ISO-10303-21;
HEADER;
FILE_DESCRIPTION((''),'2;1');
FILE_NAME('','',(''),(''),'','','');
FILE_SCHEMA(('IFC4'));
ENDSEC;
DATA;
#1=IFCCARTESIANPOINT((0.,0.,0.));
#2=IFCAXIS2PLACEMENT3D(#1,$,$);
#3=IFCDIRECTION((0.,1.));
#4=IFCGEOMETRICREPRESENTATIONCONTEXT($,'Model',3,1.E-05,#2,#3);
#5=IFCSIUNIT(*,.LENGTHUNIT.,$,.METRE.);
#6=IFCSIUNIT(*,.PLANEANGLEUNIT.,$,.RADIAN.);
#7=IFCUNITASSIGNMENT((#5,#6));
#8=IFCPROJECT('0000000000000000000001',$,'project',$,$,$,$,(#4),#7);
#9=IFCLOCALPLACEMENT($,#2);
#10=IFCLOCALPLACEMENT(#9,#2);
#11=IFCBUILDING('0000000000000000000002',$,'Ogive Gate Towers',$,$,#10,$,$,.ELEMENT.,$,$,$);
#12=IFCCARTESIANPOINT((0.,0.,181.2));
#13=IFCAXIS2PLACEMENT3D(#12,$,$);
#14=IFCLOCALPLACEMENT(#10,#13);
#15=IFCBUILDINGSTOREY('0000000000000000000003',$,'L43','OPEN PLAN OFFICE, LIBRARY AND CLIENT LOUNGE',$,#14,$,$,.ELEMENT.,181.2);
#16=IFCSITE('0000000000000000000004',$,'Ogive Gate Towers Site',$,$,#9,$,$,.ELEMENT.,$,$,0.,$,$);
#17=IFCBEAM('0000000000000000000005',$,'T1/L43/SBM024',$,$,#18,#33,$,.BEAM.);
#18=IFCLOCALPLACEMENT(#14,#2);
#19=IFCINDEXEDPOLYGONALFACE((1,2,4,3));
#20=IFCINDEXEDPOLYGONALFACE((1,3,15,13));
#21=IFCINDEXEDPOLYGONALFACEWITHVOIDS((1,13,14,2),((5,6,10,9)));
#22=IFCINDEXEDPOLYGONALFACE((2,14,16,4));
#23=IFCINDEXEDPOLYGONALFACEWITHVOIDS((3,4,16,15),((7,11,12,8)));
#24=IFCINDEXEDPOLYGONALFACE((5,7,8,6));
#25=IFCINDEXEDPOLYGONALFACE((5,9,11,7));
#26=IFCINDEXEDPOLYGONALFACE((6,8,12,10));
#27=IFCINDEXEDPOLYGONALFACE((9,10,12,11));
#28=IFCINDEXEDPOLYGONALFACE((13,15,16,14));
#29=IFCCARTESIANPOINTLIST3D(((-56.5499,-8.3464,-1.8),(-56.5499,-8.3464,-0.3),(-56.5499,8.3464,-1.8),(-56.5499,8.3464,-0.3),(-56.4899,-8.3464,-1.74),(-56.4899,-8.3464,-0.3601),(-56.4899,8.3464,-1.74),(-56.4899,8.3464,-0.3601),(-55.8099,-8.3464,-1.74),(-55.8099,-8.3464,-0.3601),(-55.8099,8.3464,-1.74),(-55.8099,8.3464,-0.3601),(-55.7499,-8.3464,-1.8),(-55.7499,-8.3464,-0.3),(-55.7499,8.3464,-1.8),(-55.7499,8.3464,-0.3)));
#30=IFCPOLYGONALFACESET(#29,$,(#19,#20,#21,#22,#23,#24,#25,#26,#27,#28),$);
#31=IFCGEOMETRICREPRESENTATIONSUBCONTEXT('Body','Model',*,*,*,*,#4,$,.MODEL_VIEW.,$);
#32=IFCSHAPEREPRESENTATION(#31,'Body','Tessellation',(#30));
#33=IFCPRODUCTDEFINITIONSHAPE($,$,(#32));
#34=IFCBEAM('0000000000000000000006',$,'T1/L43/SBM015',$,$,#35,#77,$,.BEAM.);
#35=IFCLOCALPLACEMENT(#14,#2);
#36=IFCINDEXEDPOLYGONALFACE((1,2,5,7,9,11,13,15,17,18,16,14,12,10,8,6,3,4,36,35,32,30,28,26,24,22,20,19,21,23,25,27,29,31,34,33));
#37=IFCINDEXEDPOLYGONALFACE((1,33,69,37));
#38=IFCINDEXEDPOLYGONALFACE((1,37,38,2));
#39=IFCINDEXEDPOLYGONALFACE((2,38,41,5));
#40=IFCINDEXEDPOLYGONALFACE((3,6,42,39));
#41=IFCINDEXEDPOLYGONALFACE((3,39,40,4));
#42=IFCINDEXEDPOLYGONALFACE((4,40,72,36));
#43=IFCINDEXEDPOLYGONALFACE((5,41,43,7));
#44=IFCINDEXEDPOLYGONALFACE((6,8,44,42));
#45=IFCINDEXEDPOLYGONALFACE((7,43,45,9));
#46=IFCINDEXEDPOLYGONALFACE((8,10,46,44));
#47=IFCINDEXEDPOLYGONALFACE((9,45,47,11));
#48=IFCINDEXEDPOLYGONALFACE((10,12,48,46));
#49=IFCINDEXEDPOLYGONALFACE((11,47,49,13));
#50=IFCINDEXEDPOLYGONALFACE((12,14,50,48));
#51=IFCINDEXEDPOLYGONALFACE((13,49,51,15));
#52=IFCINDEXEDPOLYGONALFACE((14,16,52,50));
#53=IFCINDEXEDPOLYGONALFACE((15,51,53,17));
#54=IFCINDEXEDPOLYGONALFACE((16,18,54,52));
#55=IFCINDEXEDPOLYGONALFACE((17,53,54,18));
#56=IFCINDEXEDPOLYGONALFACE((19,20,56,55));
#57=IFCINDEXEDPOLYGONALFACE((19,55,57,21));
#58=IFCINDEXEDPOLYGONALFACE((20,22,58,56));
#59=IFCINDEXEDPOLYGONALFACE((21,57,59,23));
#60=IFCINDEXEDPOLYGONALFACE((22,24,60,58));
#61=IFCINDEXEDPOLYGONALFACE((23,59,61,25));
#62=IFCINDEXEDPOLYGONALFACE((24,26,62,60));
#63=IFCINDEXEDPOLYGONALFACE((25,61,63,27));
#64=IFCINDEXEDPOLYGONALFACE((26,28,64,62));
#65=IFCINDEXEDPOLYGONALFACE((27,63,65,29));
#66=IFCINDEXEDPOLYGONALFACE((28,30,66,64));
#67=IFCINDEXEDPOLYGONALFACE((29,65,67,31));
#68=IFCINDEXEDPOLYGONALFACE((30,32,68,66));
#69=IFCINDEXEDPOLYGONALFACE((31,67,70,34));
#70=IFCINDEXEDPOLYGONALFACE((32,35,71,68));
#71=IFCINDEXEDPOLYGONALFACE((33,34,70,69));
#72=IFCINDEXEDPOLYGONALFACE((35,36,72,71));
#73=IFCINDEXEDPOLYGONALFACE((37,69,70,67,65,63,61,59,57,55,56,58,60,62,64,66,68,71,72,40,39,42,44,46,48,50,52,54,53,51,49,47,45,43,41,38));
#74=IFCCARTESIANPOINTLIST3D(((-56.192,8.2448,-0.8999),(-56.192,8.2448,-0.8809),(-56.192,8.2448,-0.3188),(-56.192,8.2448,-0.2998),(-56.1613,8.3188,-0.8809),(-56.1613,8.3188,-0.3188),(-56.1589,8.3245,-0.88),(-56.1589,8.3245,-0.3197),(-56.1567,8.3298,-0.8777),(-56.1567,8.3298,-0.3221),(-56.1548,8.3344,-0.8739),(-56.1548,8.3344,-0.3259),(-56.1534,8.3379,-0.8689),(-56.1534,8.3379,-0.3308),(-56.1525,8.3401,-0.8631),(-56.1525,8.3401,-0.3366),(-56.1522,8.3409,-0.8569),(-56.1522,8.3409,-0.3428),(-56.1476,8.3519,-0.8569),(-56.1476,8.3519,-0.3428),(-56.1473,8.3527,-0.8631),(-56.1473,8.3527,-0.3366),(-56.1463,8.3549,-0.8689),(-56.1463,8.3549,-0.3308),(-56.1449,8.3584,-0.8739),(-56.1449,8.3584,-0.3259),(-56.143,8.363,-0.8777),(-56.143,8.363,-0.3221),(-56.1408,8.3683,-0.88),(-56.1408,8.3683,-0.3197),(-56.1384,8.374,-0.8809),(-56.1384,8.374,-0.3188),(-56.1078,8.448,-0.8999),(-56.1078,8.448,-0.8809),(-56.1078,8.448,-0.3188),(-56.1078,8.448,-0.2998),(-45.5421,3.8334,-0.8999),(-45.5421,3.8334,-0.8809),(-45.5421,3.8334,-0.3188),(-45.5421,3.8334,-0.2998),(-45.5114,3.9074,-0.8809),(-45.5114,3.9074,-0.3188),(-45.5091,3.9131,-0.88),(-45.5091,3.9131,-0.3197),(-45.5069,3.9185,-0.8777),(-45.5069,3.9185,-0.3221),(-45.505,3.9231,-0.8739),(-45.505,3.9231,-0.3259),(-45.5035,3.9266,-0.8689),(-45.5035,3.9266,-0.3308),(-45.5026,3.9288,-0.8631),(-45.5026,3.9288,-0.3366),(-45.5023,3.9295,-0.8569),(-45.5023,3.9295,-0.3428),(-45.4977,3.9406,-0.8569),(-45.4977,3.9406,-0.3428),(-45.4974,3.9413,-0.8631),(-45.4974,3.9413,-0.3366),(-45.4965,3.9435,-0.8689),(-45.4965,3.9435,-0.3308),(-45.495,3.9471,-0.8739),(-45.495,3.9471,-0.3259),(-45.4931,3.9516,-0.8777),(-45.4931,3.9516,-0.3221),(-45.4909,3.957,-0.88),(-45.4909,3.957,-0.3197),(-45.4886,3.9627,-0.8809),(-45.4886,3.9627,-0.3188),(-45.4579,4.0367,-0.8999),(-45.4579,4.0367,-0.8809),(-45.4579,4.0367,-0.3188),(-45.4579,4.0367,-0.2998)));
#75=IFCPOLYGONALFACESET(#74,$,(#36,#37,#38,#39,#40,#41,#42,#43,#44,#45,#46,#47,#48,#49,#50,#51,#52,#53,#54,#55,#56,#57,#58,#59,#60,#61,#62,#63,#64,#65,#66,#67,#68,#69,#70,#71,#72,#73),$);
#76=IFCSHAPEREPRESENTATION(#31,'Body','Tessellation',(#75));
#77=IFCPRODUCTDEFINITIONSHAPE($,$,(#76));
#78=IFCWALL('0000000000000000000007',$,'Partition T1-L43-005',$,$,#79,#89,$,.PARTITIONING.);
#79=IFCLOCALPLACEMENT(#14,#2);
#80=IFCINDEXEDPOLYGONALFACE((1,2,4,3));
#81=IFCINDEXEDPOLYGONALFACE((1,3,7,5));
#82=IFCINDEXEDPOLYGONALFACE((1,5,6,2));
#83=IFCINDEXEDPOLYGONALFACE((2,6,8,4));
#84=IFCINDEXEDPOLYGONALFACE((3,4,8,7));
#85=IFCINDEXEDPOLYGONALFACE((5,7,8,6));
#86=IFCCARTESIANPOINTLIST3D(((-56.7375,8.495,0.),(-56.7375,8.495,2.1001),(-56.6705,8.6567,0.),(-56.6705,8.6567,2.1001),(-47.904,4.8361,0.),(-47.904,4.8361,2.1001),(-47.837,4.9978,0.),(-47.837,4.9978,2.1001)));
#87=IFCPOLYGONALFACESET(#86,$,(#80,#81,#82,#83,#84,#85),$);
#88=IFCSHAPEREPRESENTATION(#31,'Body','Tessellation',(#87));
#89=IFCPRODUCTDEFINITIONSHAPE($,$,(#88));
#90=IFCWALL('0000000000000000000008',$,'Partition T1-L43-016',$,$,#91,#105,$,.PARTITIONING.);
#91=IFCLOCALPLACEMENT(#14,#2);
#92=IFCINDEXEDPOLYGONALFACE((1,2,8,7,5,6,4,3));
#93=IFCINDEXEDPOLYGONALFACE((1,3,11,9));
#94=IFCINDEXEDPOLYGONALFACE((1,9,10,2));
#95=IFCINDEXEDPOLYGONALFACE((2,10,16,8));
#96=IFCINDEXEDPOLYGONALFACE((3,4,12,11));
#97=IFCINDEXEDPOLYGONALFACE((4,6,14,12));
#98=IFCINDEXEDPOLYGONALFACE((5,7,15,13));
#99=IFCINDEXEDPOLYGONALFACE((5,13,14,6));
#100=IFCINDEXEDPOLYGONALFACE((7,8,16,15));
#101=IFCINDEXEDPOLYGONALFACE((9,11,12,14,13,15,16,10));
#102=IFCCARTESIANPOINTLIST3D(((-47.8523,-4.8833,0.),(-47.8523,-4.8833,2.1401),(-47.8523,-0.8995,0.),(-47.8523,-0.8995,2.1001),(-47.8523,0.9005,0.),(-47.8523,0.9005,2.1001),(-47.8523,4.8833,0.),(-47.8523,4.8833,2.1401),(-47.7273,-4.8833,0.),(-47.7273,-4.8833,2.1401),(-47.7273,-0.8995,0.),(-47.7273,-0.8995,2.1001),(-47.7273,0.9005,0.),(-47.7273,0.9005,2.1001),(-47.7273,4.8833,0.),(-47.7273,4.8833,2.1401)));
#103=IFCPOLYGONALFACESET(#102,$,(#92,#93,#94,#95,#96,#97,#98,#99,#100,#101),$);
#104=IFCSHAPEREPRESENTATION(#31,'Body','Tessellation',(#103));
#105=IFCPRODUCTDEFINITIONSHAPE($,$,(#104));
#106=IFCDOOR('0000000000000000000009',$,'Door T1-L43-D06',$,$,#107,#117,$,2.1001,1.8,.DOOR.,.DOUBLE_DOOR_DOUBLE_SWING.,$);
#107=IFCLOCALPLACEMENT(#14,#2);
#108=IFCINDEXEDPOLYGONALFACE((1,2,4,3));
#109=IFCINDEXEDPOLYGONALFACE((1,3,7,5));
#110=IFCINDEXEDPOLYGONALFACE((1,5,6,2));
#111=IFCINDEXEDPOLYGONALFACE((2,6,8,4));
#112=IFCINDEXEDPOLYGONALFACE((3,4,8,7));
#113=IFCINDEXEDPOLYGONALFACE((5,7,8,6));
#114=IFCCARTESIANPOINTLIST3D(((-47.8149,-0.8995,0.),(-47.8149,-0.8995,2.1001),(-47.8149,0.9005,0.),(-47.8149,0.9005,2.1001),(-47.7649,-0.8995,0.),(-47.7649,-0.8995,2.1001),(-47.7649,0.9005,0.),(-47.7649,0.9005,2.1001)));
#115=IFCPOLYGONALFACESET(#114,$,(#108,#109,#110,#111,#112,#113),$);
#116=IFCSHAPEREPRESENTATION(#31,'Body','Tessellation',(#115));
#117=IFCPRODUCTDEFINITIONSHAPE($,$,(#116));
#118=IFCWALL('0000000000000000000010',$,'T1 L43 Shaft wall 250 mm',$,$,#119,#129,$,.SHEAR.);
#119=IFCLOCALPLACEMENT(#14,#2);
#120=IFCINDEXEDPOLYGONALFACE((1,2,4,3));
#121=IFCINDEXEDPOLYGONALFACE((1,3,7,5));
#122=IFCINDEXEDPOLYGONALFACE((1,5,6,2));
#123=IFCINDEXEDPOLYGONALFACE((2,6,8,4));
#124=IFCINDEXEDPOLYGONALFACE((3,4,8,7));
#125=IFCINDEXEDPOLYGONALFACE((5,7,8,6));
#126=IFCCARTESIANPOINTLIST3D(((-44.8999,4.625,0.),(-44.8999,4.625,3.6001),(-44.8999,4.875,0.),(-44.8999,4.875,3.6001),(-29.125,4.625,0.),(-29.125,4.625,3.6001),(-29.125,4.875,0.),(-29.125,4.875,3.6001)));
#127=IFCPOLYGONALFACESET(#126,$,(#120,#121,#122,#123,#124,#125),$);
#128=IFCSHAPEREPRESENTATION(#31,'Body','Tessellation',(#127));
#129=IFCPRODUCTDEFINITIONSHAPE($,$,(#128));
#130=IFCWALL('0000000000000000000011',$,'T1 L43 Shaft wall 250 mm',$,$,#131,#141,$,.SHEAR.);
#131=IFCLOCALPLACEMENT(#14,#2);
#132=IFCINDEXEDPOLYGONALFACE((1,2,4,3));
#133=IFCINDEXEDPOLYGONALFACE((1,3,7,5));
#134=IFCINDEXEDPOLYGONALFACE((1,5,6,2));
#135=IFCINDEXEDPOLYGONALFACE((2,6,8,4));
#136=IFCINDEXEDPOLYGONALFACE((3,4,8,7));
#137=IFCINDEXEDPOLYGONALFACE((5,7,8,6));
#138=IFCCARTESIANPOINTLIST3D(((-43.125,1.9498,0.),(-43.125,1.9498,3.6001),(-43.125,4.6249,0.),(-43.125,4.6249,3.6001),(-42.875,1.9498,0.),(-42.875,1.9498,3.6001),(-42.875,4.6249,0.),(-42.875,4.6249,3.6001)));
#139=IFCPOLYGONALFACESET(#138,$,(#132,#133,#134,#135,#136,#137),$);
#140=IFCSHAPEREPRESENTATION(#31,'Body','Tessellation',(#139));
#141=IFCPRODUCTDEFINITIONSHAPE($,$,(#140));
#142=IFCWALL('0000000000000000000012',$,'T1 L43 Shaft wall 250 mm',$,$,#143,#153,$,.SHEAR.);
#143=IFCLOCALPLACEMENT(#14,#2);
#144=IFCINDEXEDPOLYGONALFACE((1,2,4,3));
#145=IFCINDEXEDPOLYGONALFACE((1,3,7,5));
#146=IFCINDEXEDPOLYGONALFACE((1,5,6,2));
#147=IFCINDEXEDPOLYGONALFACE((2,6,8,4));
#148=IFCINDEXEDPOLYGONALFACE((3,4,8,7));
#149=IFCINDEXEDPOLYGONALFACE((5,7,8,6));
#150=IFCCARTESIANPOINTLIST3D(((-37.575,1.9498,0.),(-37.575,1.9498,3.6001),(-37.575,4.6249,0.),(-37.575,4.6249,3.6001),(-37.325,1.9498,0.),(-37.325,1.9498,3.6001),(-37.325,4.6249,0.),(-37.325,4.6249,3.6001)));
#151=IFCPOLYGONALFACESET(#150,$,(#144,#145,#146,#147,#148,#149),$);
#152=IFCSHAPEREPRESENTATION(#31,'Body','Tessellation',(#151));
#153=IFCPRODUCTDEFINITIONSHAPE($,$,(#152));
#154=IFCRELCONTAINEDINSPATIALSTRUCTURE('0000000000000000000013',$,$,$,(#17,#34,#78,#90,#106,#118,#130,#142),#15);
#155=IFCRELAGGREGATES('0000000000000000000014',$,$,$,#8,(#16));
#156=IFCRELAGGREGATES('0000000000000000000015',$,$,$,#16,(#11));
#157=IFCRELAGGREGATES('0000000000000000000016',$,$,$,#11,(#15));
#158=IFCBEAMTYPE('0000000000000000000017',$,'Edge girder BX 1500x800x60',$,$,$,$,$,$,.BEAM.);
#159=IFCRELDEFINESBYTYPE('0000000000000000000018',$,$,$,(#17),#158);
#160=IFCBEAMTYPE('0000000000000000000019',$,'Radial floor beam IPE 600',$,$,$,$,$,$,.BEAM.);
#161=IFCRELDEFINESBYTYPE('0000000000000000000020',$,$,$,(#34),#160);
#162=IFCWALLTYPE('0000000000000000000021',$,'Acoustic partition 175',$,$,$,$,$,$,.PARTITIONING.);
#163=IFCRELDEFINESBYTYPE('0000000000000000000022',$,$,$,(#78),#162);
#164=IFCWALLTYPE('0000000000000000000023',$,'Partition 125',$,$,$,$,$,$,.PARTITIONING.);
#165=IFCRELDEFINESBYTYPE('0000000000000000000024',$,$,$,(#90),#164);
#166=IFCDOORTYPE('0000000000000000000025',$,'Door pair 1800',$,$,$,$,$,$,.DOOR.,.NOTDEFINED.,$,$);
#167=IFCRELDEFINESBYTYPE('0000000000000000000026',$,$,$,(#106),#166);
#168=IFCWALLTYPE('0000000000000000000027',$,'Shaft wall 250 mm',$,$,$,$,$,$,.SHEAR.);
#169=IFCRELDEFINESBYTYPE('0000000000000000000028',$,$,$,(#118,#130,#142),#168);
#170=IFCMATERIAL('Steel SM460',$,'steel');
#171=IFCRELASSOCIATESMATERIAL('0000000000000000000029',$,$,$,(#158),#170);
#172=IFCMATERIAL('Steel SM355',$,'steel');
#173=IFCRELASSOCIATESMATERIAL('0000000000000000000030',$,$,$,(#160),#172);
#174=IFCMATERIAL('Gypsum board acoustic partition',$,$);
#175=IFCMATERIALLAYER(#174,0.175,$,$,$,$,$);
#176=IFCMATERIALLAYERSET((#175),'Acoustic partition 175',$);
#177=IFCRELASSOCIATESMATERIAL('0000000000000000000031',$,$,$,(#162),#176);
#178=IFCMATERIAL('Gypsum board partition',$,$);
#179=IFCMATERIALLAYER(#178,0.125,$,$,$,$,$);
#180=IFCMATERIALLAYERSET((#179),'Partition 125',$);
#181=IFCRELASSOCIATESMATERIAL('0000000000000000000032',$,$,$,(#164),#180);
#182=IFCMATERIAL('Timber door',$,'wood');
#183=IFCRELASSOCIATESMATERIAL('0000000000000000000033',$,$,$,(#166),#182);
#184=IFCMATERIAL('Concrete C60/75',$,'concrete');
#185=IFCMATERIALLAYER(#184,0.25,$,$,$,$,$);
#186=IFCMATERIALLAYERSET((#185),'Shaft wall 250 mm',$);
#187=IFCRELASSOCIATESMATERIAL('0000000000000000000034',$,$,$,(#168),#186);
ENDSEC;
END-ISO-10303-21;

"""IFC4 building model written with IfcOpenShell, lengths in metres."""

from ifc_helpers import new_model, si_unit, direction, frame, frame_2d, origin, origin_2d, place, context, subcontext, project, spatial, rectangle, hollow_rectangle, i_section, extrude, material, layer, layer_set, material_profile, profile_set, type_object, element, fill, save


model = new_model("IFC4")

# Units and contexts
model_context = context("Model", 3, precision=1e-05, world=origin(), true_north=direction((0.0, 1.0)))
body_context = subcontext(model_context, "Body", "Model", "MODEL_VIEW")
ifc_project = project(units=[si_unit("LENGTHUNIT", "METRE"), si_unit("PLANEANGLEUNIT", "RADIAN")], contexts=[model_context])

# Site, building, storey
site_placement = place(None, origin())
site = spatial("IfcSite", under=ifc_project, at=site_placement, Name="Ogive Gate Towers Site", CompositionType="ELEMENT", RefElevation=0.0)
building_placement = place(site_placement, origin())
building = spatial("IfcBuilding", under=site, at=building_placement, Name="Ogive Gate Towers", CompositionType="ELEMENT")
storey_placement = place(building_placement, frame((0.0, 0.0, 181.2)))
storey = spatial("IfcBuildingStorey", under=building, at=storey_placement, Name="L43", Description="OPEN PLAN OFFICE, LIBRARY AND CLIENT LOUNGE", CompositionType="ELEMENT", Elevation=181.2)

# Beams
ifc_material_1 = material(Name="Steel SM460", Category="steel")
ifc_material_profile_1 = material_profile(ifc_material_1, hollow_rectangle(XDim=0.8, YDim=1.5, WallThickness=0.0601, at=origin_2d()), Name="BX 1500x800x60")
ifc_profile_set_1 = profile_set([ifc_material_profile_1], Name="Steel SM460")
beam_type_1 = type_object("IfcBeamType", Name="Edge girder BX 1500x800x60", PredefinedType="BEAM", material=ifc_profile_set_1)
beam_1_placement = place(storey_placement, frame((-56.1499, 8.3464, -1.05), z_axis=(0.0, -1.0, 0.0), x_axis=(1.0, 0.0, 0.0)))
element("IfcBeam", 1, at=beam_1_placement, inside=storey, type_object=beam_type_1, Name="T1/L43/SBM024", PredefinedType="BEAM", context=body_context, shape_type="SweptSolid", body=[
    extrude(hollow_rectangle(XDim=0.8, YDim=1.5, WallThickness=0.0601, at=origin_2d()), origin(), (0.0, 0.0, 1.0), 16.6929),
])
ifc_material_2 = material(Name="Steel SM355", Category="steel")
ifc_material_profile_2 = material_profile(ifc_material_2, i_section(OverallWidth=0.22, OverallDepth=0.6001, WebThickness=0.012, FlangeThickness=0.019, FilletRadius=0.0239, at=origin_2d()), Name="IPE 600")
ifc_profile_set_2 = profile_set([ifc_material_profile_2], Name="Steel SM355")
beam_type_2 = type_object("IfcBeamType", Name="Radial floor beam IPE 600", PredefinedType="BEAM", material=ifc_profile_set_2)
beam_2_placement = place(storey_placement, frame((-45.5, 3.9351, -0.5999), z_axis=(-0.923878, 0.382687, 0.0), x_axis=(-0.382687, -0.923878, 0.0)))
element("IfcBeam", 2, at=beam_2_placement, inside=storey, type_object=beam_type_2, Name="T1/L43/SBM015", PredefinedType="BEAM", context=body_context, shape_type="SweptSolid", body=[
    extrude(i_section(OverallWidth=0.22, OverallDepth=0.6001, WebThickness=0.012, FlangeThickness=0.019, FilletRadius=0.0239, at=origin_2d()), origin(), (0.0, 0.0, 1.0), 11.5273),
])

# Wall
ifc_material_3 = material(Name="Gypsum board acoustic partition")
ifc_layer_1 = layer(ifc_material_3, 0.175)
ifc_layer_set_1 = layer_set([ifc_layer_1], Name="Acoustic partition 175")
wall_type_1 = type_object("IfcWallType", Name="Acoustic partition 175", PredefinedType="PARTITIONING", material=ifc_layer_set_1)
wall_1_placement = place(storey_placement, frame((-56.7041, 8.5759, 0.0), z_axis=(0.0, 0.0, 1.0), x_axis=(0.92388, -0.382682, 0.0)))
element("IfcWall", 3, at=wall_1_placement, inside=storey, type_object=wall_type_1, Name="Partition T1-L43-005", PredefinedType="PARTITIONING", context=body_context, shape_type="SweptSolid", body=[
    extrude(rectangle(XDim=9.5613, YDim=0.175, at=frame_2d((4.7808, 0.0))), origin(), (0.0, 0.0, 1.0), 2.1001),
])

# Wall, opening, door
ifc_material_4 = material(Name="Gypsum board partition")
ifc_layer_2 = layer(ifc_material_4, 0.125)
ifc_layer_set_2 = layer_set([ifc_layer_2], Name="Partition 125")
wall_type_2 = type_object("IfcWallType", Name="Partition 125", PredefinedType="PARTITIONING", material=ifc_layer_set_2)
wall_2_placement = place(storey_placement, frame((-47.7898, 4.8833, 0.0), z_axis=(0.0, 0.0, 1.0), x_axis=(0.0, -1.0, 0.0)))
wall_2 = element("IfcWall", 4, at=wall_2_placement, inside=storey, type_object=wall_type_2, Name="Partition T1-L43-016", PredefinedType="PARTITIONING", context=body_context, shape_type="SweptSolid", body=[
    extrude(rectangle(XDim=9.7666, YDim=0.125, at=frame_2d((4.8833, 0.0))), origin(), (0.0, 0.0, 1.0), 2.1401),
])
opening_1_placement = place(wall_2_placement, frame((3.9829, 0.0, 0.0)))
opening_1 = element("IfcOpeningElement", 5, at=opening_1_placement, cuts=wall_2, PredefinedType="OPENING", context=body_context, shape_type="SweptSolid", body=[
    extrude(rectangle(XDim=1.8, YDim=2.1001, at=frame_2d((0.8999, 1.05))), frame((0.0, 0.0725, 0.0), z_axis=(0.0, -1.0, 0.0), x_axis=(1.0, 0.0, 0.0)), (0.0, 0.0, 1.0), 0.145),
])
ifc_material_5 = material(Name="Timber door", Category="wood")
door_type_1 = type_object("IfcDoorType", Name="Door pair 1800", OperationType="NOTDEFINED", PredefinedType="DOOR", material=ifc_material_5)
door_1_placement = place(opening_1_placement, origin())
door_1 = element("IfcDoor", 6, at=door_1_placement, inside=storey, type_object=door_type_1, Name="Door T1-L43-D06", OperationType="DOUBLE_DOOR_DOUBLE_SWING", OverallHeight=2.1001, OverallWidth=1.8, PredefinedType="DOOR", context=body_context, shape_type="SweptSolid", body=[
    extrude(rectangle(XDim=1.8, YDim=2.1001, at=frame_2d((0.8999, 1.05))), frame((0.0, 0.0249, 0.0), z_axis=(0.0, -1.0, 0.0), x_axis=(1.0, 0.0, 0.0)), (0.0, 0.0, 1.0), 0.05),
])
fill(opening_1, door_1)

# Walls
ifc_material_6 = material(Name="Concrete C60/75", Category="concrete")
ifc_layer_3 = layer(ifc_material_6, 0.25)
ifc_layer_set_3 = layer_set([ifc_layer_3], Name="Shaft wall 250 mm")
wall_type_3 = type_object("IfcWallType", Name="Shaft wall 250 mm", PredefinedType="SHEAR", material=ifc_layer_set_3)
wall_3_placement = place(storey_placement, frame((-44.8999, 4.75, 0.0), z_axis=(0.0, 0.0, 1.0), x_axis=(1.0, 0.0, 0.0)))
element("IfcWall", 7, at=wall_3_placement, inside=storey, type_object=wall_type_3, Name="T1 L43 Shaft wall 250 mm", PredefinedType="SHEAR", context=body_context, shape_type="SweptSolid", body=[
    extrude(rectangle(XDim=15.7749, YDim=0.25, at=frame_2d((7.8875, 0.0))), origin(), (0.0, 0.0, 1.0), 3.6001),
])
for number, where, z_axis, x_axis, name in (
    (8, (-43.0, 1.95, 0.0), (0.0, 0.0, 1.0), (0.0, 1.0, 0.0), "T1 L43 Shaft wall 250 mm"),
    (9, (-37.45, 1.95, 0.0), (0.0, 0.0, 1.0), (0.0, 1.0, 0.0), "T1 L43 Shaft wall 250 mm"),
):
    element("IfcWall", number, at=place(storey_placement, frame(where, z_axis=z_axis, x_axis=x_axis)), inside=storey, type_object=wall_type_3, Name=name, PredefinedType="SHEAR", context=body_context, shape_type="SweptSolid", body=[
        extrude(rectangle(XDim=2.675, YDim=0.25, at=frame_2d((1.3374, 0.0))), origin(), (0.0, 0.0, 1.0), 3.6001),
    ])

save(model, "model.ifc")
